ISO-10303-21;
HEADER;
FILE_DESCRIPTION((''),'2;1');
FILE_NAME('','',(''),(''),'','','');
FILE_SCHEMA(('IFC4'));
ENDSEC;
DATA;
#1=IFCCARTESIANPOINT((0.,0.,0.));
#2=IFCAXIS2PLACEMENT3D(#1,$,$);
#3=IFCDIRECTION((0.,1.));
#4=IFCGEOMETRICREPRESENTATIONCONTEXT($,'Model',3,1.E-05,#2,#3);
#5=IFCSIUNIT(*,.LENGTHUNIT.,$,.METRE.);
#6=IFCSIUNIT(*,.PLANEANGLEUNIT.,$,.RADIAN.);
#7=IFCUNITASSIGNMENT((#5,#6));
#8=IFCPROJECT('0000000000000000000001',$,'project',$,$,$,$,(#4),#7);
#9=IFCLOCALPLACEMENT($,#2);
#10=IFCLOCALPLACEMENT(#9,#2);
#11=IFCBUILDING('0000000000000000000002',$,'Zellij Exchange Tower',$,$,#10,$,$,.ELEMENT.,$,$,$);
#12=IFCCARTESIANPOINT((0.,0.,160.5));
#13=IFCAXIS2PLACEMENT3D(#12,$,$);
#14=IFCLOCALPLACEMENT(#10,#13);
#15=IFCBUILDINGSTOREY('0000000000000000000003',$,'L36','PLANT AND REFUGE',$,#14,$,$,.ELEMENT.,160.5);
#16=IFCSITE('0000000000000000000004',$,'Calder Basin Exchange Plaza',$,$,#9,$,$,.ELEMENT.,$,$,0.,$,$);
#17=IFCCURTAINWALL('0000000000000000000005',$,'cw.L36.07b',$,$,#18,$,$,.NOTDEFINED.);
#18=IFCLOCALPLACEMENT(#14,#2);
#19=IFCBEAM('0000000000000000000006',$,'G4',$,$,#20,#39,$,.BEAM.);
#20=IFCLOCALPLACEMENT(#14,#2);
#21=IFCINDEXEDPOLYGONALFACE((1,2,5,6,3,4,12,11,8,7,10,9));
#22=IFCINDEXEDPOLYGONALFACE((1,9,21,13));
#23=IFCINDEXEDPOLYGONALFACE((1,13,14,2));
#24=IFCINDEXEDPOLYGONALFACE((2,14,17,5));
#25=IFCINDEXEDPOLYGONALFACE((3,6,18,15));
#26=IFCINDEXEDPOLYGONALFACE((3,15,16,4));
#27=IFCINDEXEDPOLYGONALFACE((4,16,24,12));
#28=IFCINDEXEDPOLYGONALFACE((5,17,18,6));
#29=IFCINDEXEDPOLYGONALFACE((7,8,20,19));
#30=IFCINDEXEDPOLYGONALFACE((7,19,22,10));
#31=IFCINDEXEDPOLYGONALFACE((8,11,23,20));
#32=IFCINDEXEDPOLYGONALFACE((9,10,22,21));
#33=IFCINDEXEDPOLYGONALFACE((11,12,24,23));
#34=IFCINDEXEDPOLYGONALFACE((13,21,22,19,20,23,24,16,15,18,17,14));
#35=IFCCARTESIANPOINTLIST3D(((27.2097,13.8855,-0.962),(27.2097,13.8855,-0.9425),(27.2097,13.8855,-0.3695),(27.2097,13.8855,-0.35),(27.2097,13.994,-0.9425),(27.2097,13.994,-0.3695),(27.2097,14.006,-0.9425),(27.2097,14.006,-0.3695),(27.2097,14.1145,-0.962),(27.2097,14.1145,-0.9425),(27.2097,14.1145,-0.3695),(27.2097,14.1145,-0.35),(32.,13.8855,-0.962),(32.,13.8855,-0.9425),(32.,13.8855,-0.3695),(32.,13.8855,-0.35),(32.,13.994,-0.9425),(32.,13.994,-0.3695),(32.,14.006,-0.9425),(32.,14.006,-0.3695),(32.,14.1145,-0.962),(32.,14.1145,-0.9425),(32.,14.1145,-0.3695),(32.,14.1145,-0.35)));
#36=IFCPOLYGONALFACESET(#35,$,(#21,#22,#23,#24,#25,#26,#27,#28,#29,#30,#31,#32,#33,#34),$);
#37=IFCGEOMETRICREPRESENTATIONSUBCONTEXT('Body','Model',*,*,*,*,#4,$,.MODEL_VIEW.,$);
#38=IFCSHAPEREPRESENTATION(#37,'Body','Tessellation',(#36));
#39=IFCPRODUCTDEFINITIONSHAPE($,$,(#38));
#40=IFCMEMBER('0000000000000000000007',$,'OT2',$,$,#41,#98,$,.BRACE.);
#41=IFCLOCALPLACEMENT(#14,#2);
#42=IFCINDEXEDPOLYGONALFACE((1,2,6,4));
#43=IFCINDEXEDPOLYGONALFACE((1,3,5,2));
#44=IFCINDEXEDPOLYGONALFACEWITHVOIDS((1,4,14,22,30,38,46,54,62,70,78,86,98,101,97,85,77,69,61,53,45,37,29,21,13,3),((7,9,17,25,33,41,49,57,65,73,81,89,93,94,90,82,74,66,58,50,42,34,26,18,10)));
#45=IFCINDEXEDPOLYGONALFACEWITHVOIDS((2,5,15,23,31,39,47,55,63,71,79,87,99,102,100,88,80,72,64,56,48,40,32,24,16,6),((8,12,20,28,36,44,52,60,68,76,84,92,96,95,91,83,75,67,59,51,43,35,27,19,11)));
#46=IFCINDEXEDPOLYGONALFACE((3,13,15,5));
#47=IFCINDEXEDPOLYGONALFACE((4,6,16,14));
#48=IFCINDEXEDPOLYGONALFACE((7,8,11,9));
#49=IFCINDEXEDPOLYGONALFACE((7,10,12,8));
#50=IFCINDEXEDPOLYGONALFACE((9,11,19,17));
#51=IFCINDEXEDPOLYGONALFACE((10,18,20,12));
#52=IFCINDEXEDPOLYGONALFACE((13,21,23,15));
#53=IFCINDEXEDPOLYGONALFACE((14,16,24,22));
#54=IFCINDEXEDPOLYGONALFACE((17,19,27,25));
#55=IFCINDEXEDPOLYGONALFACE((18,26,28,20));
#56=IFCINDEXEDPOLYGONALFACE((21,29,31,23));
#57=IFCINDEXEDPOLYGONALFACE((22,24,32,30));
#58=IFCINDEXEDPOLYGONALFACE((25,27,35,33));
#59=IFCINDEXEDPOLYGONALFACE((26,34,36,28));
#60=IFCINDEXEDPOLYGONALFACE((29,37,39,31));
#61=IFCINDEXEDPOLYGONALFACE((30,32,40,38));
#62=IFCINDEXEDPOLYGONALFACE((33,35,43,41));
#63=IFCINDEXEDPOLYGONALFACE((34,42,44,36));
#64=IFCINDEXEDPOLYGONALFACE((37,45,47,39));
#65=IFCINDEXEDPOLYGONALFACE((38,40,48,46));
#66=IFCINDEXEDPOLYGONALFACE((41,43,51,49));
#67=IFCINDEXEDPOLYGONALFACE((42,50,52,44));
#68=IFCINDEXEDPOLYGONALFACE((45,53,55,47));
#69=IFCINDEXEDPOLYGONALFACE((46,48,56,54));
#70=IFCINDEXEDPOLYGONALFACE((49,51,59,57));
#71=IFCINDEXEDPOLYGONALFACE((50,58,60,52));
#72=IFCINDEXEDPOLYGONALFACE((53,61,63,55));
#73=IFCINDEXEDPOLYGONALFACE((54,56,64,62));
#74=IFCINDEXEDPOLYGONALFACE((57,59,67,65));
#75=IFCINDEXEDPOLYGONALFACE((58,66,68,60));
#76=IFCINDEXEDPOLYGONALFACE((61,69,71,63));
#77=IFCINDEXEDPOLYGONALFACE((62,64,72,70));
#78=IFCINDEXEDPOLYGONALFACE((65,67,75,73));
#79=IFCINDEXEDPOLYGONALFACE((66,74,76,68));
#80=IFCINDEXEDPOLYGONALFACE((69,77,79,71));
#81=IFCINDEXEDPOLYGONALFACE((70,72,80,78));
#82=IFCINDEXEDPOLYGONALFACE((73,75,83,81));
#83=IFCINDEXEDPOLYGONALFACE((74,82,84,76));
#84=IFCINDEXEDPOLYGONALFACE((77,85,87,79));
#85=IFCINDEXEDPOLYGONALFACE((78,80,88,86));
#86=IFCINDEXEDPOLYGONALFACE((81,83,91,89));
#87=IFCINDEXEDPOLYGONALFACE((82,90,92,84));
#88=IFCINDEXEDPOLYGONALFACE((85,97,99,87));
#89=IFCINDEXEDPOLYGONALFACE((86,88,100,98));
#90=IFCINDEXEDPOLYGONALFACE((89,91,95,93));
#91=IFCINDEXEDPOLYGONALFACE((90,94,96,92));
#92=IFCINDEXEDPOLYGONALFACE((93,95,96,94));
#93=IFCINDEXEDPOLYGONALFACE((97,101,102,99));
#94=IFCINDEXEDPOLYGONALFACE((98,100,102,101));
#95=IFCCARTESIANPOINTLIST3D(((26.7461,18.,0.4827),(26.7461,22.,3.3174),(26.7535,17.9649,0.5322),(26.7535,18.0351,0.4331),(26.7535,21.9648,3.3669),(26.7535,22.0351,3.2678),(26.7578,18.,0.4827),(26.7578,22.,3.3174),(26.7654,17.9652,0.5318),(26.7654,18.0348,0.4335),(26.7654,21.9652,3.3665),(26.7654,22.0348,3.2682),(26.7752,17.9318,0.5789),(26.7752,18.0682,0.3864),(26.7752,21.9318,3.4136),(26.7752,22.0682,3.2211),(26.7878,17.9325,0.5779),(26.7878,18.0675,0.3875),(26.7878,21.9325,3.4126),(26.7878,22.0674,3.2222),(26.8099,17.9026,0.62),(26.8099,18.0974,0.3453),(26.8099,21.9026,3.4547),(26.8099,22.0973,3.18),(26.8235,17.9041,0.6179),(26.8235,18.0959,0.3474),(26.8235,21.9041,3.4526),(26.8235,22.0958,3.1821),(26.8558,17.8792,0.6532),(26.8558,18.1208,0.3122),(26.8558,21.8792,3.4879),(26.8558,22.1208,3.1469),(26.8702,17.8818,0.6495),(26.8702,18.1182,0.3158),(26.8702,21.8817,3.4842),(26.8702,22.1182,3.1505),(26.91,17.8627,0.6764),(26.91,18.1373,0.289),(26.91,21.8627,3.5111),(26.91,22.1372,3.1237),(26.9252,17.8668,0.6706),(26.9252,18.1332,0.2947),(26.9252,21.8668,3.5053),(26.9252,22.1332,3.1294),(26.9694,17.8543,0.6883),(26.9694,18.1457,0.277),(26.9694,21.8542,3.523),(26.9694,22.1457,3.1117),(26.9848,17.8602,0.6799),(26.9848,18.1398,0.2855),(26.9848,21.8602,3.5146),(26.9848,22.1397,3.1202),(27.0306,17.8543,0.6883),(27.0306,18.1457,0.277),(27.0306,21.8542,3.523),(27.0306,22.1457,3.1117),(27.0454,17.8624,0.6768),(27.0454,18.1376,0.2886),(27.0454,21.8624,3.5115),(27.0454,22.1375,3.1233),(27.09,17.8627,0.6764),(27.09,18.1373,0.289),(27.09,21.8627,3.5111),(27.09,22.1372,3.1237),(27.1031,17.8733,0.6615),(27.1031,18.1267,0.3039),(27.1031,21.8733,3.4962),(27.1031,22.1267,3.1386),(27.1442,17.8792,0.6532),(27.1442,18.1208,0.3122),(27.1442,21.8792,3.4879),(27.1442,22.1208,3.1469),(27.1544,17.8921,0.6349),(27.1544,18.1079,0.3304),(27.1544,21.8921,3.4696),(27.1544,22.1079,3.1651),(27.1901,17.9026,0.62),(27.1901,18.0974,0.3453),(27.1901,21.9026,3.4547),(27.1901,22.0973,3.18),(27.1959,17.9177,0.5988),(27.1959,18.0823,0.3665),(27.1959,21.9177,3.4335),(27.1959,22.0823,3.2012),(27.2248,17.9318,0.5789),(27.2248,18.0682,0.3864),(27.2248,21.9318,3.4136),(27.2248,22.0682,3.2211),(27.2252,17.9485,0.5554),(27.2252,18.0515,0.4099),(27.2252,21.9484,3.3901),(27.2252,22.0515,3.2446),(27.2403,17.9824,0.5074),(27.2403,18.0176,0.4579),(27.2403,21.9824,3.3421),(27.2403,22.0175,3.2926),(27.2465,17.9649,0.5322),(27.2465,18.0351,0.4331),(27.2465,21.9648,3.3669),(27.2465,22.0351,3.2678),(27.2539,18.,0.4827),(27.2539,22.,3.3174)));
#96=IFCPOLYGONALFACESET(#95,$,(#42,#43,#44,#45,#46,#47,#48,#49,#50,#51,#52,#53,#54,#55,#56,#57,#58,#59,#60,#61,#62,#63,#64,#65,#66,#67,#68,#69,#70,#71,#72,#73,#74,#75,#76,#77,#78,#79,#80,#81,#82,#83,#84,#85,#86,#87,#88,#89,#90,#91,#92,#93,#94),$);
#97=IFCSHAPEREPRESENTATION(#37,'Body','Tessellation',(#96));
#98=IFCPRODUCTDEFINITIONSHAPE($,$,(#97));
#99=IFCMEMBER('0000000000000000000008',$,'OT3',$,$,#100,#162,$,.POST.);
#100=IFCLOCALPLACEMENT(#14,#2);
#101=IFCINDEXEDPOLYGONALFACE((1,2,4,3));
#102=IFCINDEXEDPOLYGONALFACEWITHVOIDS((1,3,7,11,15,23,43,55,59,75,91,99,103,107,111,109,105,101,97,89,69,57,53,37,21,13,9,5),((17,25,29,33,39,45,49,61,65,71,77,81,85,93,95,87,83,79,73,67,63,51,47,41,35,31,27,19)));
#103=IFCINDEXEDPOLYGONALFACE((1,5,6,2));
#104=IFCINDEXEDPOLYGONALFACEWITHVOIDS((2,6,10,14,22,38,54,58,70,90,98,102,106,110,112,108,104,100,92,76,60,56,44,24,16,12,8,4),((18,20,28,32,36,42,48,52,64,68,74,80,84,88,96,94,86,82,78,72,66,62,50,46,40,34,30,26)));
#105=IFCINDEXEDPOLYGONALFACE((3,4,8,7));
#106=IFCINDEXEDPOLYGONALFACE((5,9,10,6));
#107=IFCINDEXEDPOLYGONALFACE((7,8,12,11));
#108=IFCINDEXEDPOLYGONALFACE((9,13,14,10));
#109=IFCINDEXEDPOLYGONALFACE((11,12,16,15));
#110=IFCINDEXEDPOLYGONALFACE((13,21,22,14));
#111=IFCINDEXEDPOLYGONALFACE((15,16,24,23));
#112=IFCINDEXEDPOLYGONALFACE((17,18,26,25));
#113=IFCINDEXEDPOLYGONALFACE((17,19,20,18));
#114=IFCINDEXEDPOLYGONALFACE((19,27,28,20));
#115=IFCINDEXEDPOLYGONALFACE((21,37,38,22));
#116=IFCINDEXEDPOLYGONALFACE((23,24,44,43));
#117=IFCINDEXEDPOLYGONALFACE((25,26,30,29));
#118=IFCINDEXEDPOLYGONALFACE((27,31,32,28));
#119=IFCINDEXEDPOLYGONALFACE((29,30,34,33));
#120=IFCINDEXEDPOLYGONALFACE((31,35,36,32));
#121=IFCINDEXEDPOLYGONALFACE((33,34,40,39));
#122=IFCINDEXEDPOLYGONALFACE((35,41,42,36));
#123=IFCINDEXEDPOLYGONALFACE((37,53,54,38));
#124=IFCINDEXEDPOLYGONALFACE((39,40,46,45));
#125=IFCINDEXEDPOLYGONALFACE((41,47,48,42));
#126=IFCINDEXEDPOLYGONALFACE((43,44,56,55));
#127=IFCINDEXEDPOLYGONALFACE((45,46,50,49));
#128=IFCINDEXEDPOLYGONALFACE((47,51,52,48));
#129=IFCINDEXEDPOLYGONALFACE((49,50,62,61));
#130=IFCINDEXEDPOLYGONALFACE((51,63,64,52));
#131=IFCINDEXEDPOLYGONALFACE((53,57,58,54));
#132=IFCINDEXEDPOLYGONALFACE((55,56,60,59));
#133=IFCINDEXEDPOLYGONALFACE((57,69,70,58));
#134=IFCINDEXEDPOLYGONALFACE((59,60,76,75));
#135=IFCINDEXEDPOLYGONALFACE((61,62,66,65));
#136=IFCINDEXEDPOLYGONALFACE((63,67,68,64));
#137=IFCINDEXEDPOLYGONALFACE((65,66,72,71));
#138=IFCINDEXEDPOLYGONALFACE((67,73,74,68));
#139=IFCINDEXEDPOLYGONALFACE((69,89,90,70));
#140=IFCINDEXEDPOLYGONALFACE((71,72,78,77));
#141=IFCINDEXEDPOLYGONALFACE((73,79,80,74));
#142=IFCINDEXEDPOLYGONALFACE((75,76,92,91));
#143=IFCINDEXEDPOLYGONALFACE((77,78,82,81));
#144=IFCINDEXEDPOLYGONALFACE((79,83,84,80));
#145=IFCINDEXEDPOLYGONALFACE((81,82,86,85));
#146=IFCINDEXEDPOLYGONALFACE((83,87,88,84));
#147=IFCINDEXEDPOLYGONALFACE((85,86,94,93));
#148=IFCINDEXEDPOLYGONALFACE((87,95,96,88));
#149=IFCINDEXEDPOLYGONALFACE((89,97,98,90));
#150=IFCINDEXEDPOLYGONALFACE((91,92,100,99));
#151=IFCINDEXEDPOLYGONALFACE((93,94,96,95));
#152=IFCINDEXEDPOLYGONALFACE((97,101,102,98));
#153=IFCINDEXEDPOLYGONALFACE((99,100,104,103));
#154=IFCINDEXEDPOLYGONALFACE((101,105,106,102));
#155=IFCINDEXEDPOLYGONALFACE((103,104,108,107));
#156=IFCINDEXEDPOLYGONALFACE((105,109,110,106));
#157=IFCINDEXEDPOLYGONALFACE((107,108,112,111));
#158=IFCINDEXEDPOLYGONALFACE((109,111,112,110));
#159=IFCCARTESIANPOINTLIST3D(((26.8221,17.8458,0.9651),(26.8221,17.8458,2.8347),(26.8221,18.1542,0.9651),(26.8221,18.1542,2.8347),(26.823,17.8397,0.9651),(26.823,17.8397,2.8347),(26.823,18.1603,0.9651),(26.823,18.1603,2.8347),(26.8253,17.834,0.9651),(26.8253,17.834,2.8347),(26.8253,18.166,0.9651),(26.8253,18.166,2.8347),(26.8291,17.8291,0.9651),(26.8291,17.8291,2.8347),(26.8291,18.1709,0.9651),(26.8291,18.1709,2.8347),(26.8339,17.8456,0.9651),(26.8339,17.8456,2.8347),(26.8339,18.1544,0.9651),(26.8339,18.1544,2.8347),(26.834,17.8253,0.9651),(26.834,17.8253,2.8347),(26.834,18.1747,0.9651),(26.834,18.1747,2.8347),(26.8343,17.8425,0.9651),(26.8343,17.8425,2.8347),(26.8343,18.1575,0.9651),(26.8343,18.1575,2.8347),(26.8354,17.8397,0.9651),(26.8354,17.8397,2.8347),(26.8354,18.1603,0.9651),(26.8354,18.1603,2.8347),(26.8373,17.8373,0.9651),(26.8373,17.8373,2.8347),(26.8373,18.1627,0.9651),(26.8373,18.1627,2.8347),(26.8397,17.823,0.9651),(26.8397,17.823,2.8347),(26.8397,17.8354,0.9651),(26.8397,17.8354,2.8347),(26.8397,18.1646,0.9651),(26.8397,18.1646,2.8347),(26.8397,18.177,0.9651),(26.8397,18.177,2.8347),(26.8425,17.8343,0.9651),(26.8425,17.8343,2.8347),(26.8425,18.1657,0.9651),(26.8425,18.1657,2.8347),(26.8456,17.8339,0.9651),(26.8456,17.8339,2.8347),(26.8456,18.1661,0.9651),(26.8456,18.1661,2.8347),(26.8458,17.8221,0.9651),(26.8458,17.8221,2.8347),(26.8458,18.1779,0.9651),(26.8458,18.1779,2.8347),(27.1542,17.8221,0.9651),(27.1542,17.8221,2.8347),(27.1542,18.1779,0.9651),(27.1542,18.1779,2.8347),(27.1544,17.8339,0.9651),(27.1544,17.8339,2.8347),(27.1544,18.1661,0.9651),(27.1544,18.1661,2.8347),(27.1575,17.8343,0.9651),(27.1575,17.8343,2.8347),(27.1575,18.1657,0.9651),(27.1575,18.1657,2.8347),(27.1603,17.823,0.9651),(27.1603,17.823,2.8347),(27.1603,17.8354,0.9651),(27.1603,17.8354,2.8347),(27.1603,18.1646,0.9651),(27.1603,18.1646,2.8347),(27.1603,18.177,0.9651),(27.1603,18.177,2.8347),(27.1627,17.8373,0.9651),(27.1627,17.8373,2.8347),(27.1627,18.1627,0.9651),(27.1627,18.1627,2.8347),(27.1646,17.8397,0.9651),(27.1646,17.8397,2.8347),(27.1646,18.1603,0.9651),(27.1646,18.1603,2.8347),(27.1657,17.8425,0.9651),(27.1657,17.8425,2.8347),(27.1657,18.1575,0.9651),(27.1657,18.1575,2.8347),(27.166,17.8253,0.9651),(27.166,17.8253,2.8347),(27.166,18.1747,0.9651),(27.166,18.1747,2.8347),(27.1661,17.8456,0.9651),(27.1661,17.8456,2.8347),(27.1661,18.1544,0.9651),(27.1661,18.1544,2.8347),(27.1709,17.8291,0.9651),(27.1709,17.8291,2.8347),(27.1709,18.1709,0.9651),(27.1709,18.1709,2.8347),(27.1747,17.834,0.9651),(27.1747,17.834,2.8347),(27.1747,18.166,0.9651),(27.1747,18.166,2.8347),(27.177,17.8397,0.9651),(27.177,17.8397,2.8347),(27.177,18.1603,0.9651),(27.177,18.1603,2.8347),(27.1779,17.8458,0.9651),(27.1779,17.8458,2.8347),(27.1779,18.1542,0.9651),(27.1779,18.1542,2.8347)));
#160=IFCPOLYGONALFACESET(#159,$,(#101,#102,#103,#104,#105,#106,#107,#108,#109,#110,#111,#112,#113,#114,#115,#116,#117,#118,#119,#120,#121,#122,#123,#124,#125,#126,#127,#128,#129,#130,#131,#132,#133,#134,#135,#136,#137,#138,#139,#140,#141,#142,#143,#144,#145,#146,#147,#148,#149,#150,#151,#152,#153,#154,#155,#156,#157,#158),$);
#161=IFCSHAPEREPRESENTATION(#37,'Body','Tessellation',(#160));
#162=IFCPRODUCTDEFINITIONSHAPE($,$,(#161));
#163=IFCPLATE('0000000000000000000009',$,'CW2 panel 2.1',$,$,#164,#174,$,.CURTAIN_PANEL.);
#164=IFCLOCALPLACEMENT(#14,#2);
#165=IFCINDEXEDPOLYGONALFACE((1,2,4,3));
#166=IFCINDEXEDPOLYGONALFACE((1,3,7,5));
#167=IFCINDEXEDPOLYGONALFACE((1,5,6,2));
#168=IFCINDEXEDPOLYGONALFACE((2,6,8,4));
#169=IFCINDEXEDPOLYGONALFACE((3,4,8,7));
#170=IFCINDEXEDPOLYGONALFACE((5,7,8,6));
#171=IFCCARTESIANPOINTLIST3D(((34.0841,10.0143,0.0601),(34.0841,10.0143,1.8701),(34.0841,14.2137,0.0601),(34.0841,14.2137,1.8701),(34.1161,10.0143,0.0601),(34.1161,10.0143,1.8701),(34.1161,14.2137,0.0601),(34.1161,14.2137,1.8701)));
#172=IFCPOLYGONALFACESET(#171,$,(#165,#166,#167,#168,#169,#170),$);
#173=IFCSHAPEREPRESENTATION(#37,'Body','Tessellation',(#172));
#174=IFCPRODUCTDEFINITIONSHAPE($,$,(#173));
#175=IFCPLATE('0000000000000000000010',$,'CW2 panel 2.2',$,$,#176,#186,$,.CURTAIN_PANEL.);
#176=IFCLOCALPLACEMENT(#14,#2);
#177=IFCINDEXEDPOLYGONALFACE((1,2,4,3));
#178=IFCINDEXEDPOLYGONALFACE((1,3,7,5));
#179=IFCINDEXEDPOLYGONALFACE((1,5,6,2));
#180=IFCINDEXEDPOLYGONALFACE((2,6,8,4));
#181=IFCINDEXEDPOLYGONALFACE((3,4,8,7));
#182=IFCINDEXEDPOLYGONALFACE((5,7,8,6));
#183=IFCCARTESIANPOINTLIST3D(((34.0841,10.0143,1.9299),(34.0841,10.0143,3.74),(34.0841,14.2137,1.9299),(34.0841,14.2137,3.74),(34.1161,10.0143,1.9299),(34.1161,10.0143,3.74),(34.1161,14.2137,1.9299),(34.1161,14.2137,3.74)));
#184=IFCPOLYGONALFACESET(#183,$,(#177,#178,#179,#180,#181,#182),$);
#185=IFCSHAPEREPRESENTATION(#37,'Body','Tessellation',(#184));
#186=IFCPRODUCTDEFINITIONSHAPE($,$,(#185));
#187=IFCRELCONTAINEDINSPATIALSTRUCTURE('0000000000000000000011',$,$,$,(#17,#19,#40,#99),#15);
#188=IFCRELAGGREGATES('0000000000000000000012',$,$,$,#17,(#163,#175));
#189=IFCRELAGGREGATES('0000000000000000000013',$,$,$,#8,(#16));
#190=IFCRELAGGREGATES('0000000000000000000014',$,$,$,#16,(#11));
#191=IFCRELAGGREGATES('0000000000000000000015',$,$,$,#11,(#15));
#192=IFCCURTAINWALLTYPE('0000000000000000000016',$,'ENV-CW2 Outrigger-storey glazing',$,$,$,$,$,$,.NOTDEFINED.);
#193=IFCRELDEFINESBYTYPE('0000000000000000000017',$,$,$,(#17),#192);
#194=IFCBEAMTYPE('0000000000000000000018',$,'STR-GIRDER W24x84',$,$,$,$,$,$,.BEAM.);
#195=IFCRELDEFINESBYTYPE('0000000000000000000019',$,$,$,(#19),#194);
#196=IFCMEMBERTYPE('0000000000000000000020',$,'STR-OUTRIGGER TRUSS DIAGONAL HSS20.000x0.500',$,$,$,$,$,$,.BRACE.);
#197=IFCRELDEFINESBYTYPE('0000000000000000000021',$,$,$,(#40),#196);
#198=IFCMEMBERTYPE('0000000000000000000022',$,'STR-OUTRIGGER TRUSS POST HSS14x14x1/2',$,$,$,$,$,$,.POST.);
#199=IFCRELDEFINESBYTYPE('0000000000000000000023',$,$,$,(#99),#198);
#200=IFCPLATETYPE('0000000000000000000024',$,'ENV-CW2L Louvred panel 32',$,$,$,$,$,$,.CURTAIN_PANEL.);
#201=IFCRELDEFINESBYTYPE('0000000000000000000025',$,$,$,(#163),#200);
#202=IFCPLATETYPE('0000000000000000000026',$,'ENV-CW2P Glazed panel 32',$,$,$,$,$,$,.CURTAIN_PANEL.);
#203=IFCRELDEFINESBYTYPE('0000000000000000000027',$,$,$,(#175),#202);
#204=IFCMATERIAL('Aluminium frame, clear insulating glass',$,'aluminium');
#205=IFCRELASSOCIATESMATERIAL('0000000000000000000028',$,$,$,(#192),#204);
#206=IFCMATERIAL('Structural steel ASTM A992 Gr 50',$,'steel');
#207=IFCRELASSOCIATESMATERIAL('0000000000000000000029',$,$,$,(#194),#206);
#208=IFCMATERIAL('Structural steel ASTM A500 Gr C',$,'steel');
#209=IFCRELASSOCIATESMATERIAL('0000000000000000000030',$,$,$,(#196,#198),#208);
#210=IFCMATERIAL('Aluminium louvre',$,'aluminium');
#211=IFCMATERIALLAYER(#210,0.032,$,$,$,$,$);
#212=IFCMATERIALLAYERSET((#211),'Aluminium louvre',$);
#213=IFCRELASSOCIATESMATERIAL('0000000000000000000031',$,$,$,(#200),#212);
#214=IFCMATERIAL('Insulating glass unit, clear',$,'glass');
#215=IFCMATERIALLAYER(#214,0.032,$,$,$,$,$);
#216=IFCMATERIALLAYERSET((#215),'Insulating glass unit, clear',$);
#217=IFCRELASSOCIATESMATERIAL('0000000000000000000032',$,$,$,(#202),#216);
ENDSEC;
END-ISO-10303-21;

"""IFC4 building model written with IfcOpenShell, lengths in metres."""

from ifc_helpers import new_model, si_unit, direction, frame, origin, origin_2d, place, context, subcontext, project, spatial, rectangle, hollow_rectangle, hollow_circle, i_section, extrude, material, layer, layer_set, material_profile, profile_set, type_object, element, aggregate, save


model = new_model("IFC4")

# Units and contexts
model_context = context("Model", 3, precision=1e-05, world=origin(), true_north=direction((0.0, 1.0)))
body_context = subcontext(model_context, "Body", "Model", "MODEL_VIEW")
ifc_project = project(units=[si_unit("LENGTHUNIT", "METRE"), si_unit("PLANEANGLEUNIT", "RADIAN")], contexts=[model_context])

# Site, building, storey
site_placement = place(None, origin())
site = spatial("IfcSite", under=ifc_project, at=site_placement, Name="Calder Basin Exchange Plaza", CompositionType="ELEMENT", RefElevation=0.0)
building_placement = place(site_placement, origin())
building = spatial("IfcBuilding", under=site, at=building_placement, Name="Zellij Exchange Tower", CompositionType="ELEMENT")
storey_placement = place(building_placement, frame((0.0, 0.0, 160.5)))
storey = spatial("IfcBuildingStorey", under=building, at=storey_placement, Name="L36", Description="PLANT AND REFUGE", CompositionType="ELEMENT", Elevation=160.5)

# Curtain wall
ifc_material_1 = material(Name="Aluminium frame, clear insulating glass", Category="aluminium")
curtain_wall_type = type_object("IfcCurtainWallType", Name="ENV-CW2 Outrigger-storey glazing", PredefinedType="NOTDEFINED", material=ifc_material_1)
curtain_wall_placement = place(storey_placement, origin())
curtain_wall = element("IfcCurtainWall", 1, at=curtain_wall_placement, inside=storey, type_object=curtain_wall_type, Name="cw.L36.07b", PredefinedType="NOTDEFINED")

# Shared definitions
ifc_material_2 = material(Name="Structural steel ASTM A992 Gr 50", Category="steel")
ifc_material_3 = material(Name="Structural steel ASTM A500 Gr C", Category="steel")

# Beam
ifc_material_profile_1 = material_profile(ifc_material_2, i_section(OverallWidth=0.229, OverallDepth=0.6121, WebThickness=0.012, FlangeThickness=0.0195, at=origin_2d()), Name="W24x84")
ifc_profile_set_1 = profile_set([ifc_material_profile_1], Name="Structural steel ASTM A992 Gr 50")
beam_type = type_object("IfcBeamType", Name="STR-GIRDER W24x84", PredefinedType="BEAM", material=ifc_profile_set_1)
beam_placement = place(storey_placement, frame((27.2097, 14.0, -0.656), z_axis=(1.0, 0.0, 0.0), x_axis=(0.0, 1.0, 0.0)))
element("IfcBeam", 2, at=beam_placement, inside=storey, type_object=beam_type, Name="G4", PredefinedType="BEAM", context=body_context, shape_type="SweptSolid", body=[
    extrude(i_section(OverallWidth=0.229, OverallDepth=0.6121, WebThickness=0.012, FlangeThickness=0.0195, at=origin_2d()), origin(), (0.0, 0.0, 1.0), 4.7903),
])

# Members
ifc_material_profile_2 = material_profile(ifc_material_3, hollow_circle(Radius=0.2539, WallThickness=0.0117, at=origin_2d()), Name="STR-OUTRIGGER TRUSS DIAGONAL HSS20.000x0.500")
ifc_profile_set_2 = profile_set([ifc_material_profile_2], Name="Structural steel ASTM A500 Gr C")
member_type_1 = type_object("IfcMemberType", Name="STR-OUTRIGGER TRUSS DIAGONAL HSS20.000x0.500", PredefinedType="BRACE", material=ifc_profile_set_2)
member_1_placement = place(storey_placement, frame((27.0, 18.0, 0.4827), z_axis=(0.0, 0.815891, 0.578205), x_axis=(-1.0, 0.0, 0.0)))
element("IfcMember", 3, at=member_1_placement, inside=storey, type_object=member_type_1, Name="OT2", PredefinedType="BRACE", context=body_context, shape_type="SweptSolid", body=[
    extrude(hollow_circle(Radius=0.2539, WallThickness=0.0117, at=origin_2d()), origin(), (0.0, 0.0, 1.0), 4.9026),
])
ifc_material_profile_3 = material_profile(ifc_material_3, hollow_rectangle(XDim=0.3557, YDim=0.3557, WallThickness=0.0117, InnerFilletRadius=0.0117, OuterFilletRadius=0.0237, at=origin_2d()), Name="STR-OUTRIGGER TRUSS POST HSS14x14x1/2")
ifc_profile_set_3 = profile_set([ifc_material_profile_3], Name="Structural steel ASTM A500 Gr C")
member_type_2 = type_object("IfcMemberType", Name="STR-OUTRIGGER TRUSS POST HSS14x14x1/2", PredefinedType="POST", material=ifc_profile_set_3)
member_2_placement = place(storey_placement, frame((27.0, 18.0, 0.9651), z_axis=(0.0, 0.0, 1.0), x_axis=(1.0, 0.0, 0.0)))
element("IfcMember", 4, at=member_2_placement, inside=storey, type_object=member_type_2, Name="OT3", PredefinedType="POST", context=body_context, shape_type="SweptSolid", body=[
    extrude(hollow_rectangle(XDim=0.3557, YDim=0.3557, WallThickness=0.0117, InnerFilletRadius=0.0117, OuterFilletRadius=0.0237, at=origin_2d()), origin(), (0.0, 0.0, 1.0), 1.8696),
])

# Plates
ifc_material_4 = material(Name="Aluminium louvre", Category="aluminium")
ifc_layer_1 = layer(ifc_material_4, 0.032)
ifc_layer_set_1 = layer_set([ifc_layer_1], Name="Aluminium louvre")
plate_type_1 = type_object("IfcPlateType", Name="ENV-CW2L Louvred panel 32", PredefinedType="CURTAIN_PANEL", material=ifc_layer_set_1)
plate_1_placement = place(storey_placement, frame((34.1001, 12.114, 0.0601), z_axis=(0.0, 0.0, 1.0), x_axis=(0.0, 1.0, 0.0)))
plate_1 = element("IfcPlate", 5, at=plate_1_placement, type_object=plate_type_1, Name="CW2 panel 2.1", PredefinedType="CURTAIN_PANEL", context=body_context, shape_type="SweptSolid", body=[
    extrude(rectangle(XDim=4.1995, YDim=0.032, at=origin_2d()), origin(), (0.0, 0.0, 1.0), 1.8101),
])
ifc_material_5 = material(Name="Insulating glass unit, clear", Category="glass")
ifc_layer_2 = layer(ifc_material_5, 0.032)
ifc_layer_set_2 = layer_set([ifc_layer_2], Name="Insulating glass unit, clear")
plate_type_2 = type_object("IfcPlateType", Name="ENV-CW2P Glazed panel 32", PredefinedType="CURTAIN_PANEL", material=ifc_layer_set_2)
plate_2_placement = place(storey_placement, frame((34.1001, 12.114, 1.9299), z_axis=(0.0, 0.0, 1.0), x_axis=(0.0, 1.0, 0.0)))
plate_2 = element("IfcPlate", 6, at=plate_2_placement, type_object=plate_type_2, Name="CW2 panel 2.2", PredefinedType="CURTAIN_PANEL", context=body_context, shape_type="SweptSolid", body=[
    extrude(rectangle(XDim=4.1995, YDim=0.032, at=origin_2d()), origin(), (0.0, 0.0, 1.0), 1.8101),
])
aggregate(curtain_wall, [plate_1, plate_2])

save(model, "model.ifc")
